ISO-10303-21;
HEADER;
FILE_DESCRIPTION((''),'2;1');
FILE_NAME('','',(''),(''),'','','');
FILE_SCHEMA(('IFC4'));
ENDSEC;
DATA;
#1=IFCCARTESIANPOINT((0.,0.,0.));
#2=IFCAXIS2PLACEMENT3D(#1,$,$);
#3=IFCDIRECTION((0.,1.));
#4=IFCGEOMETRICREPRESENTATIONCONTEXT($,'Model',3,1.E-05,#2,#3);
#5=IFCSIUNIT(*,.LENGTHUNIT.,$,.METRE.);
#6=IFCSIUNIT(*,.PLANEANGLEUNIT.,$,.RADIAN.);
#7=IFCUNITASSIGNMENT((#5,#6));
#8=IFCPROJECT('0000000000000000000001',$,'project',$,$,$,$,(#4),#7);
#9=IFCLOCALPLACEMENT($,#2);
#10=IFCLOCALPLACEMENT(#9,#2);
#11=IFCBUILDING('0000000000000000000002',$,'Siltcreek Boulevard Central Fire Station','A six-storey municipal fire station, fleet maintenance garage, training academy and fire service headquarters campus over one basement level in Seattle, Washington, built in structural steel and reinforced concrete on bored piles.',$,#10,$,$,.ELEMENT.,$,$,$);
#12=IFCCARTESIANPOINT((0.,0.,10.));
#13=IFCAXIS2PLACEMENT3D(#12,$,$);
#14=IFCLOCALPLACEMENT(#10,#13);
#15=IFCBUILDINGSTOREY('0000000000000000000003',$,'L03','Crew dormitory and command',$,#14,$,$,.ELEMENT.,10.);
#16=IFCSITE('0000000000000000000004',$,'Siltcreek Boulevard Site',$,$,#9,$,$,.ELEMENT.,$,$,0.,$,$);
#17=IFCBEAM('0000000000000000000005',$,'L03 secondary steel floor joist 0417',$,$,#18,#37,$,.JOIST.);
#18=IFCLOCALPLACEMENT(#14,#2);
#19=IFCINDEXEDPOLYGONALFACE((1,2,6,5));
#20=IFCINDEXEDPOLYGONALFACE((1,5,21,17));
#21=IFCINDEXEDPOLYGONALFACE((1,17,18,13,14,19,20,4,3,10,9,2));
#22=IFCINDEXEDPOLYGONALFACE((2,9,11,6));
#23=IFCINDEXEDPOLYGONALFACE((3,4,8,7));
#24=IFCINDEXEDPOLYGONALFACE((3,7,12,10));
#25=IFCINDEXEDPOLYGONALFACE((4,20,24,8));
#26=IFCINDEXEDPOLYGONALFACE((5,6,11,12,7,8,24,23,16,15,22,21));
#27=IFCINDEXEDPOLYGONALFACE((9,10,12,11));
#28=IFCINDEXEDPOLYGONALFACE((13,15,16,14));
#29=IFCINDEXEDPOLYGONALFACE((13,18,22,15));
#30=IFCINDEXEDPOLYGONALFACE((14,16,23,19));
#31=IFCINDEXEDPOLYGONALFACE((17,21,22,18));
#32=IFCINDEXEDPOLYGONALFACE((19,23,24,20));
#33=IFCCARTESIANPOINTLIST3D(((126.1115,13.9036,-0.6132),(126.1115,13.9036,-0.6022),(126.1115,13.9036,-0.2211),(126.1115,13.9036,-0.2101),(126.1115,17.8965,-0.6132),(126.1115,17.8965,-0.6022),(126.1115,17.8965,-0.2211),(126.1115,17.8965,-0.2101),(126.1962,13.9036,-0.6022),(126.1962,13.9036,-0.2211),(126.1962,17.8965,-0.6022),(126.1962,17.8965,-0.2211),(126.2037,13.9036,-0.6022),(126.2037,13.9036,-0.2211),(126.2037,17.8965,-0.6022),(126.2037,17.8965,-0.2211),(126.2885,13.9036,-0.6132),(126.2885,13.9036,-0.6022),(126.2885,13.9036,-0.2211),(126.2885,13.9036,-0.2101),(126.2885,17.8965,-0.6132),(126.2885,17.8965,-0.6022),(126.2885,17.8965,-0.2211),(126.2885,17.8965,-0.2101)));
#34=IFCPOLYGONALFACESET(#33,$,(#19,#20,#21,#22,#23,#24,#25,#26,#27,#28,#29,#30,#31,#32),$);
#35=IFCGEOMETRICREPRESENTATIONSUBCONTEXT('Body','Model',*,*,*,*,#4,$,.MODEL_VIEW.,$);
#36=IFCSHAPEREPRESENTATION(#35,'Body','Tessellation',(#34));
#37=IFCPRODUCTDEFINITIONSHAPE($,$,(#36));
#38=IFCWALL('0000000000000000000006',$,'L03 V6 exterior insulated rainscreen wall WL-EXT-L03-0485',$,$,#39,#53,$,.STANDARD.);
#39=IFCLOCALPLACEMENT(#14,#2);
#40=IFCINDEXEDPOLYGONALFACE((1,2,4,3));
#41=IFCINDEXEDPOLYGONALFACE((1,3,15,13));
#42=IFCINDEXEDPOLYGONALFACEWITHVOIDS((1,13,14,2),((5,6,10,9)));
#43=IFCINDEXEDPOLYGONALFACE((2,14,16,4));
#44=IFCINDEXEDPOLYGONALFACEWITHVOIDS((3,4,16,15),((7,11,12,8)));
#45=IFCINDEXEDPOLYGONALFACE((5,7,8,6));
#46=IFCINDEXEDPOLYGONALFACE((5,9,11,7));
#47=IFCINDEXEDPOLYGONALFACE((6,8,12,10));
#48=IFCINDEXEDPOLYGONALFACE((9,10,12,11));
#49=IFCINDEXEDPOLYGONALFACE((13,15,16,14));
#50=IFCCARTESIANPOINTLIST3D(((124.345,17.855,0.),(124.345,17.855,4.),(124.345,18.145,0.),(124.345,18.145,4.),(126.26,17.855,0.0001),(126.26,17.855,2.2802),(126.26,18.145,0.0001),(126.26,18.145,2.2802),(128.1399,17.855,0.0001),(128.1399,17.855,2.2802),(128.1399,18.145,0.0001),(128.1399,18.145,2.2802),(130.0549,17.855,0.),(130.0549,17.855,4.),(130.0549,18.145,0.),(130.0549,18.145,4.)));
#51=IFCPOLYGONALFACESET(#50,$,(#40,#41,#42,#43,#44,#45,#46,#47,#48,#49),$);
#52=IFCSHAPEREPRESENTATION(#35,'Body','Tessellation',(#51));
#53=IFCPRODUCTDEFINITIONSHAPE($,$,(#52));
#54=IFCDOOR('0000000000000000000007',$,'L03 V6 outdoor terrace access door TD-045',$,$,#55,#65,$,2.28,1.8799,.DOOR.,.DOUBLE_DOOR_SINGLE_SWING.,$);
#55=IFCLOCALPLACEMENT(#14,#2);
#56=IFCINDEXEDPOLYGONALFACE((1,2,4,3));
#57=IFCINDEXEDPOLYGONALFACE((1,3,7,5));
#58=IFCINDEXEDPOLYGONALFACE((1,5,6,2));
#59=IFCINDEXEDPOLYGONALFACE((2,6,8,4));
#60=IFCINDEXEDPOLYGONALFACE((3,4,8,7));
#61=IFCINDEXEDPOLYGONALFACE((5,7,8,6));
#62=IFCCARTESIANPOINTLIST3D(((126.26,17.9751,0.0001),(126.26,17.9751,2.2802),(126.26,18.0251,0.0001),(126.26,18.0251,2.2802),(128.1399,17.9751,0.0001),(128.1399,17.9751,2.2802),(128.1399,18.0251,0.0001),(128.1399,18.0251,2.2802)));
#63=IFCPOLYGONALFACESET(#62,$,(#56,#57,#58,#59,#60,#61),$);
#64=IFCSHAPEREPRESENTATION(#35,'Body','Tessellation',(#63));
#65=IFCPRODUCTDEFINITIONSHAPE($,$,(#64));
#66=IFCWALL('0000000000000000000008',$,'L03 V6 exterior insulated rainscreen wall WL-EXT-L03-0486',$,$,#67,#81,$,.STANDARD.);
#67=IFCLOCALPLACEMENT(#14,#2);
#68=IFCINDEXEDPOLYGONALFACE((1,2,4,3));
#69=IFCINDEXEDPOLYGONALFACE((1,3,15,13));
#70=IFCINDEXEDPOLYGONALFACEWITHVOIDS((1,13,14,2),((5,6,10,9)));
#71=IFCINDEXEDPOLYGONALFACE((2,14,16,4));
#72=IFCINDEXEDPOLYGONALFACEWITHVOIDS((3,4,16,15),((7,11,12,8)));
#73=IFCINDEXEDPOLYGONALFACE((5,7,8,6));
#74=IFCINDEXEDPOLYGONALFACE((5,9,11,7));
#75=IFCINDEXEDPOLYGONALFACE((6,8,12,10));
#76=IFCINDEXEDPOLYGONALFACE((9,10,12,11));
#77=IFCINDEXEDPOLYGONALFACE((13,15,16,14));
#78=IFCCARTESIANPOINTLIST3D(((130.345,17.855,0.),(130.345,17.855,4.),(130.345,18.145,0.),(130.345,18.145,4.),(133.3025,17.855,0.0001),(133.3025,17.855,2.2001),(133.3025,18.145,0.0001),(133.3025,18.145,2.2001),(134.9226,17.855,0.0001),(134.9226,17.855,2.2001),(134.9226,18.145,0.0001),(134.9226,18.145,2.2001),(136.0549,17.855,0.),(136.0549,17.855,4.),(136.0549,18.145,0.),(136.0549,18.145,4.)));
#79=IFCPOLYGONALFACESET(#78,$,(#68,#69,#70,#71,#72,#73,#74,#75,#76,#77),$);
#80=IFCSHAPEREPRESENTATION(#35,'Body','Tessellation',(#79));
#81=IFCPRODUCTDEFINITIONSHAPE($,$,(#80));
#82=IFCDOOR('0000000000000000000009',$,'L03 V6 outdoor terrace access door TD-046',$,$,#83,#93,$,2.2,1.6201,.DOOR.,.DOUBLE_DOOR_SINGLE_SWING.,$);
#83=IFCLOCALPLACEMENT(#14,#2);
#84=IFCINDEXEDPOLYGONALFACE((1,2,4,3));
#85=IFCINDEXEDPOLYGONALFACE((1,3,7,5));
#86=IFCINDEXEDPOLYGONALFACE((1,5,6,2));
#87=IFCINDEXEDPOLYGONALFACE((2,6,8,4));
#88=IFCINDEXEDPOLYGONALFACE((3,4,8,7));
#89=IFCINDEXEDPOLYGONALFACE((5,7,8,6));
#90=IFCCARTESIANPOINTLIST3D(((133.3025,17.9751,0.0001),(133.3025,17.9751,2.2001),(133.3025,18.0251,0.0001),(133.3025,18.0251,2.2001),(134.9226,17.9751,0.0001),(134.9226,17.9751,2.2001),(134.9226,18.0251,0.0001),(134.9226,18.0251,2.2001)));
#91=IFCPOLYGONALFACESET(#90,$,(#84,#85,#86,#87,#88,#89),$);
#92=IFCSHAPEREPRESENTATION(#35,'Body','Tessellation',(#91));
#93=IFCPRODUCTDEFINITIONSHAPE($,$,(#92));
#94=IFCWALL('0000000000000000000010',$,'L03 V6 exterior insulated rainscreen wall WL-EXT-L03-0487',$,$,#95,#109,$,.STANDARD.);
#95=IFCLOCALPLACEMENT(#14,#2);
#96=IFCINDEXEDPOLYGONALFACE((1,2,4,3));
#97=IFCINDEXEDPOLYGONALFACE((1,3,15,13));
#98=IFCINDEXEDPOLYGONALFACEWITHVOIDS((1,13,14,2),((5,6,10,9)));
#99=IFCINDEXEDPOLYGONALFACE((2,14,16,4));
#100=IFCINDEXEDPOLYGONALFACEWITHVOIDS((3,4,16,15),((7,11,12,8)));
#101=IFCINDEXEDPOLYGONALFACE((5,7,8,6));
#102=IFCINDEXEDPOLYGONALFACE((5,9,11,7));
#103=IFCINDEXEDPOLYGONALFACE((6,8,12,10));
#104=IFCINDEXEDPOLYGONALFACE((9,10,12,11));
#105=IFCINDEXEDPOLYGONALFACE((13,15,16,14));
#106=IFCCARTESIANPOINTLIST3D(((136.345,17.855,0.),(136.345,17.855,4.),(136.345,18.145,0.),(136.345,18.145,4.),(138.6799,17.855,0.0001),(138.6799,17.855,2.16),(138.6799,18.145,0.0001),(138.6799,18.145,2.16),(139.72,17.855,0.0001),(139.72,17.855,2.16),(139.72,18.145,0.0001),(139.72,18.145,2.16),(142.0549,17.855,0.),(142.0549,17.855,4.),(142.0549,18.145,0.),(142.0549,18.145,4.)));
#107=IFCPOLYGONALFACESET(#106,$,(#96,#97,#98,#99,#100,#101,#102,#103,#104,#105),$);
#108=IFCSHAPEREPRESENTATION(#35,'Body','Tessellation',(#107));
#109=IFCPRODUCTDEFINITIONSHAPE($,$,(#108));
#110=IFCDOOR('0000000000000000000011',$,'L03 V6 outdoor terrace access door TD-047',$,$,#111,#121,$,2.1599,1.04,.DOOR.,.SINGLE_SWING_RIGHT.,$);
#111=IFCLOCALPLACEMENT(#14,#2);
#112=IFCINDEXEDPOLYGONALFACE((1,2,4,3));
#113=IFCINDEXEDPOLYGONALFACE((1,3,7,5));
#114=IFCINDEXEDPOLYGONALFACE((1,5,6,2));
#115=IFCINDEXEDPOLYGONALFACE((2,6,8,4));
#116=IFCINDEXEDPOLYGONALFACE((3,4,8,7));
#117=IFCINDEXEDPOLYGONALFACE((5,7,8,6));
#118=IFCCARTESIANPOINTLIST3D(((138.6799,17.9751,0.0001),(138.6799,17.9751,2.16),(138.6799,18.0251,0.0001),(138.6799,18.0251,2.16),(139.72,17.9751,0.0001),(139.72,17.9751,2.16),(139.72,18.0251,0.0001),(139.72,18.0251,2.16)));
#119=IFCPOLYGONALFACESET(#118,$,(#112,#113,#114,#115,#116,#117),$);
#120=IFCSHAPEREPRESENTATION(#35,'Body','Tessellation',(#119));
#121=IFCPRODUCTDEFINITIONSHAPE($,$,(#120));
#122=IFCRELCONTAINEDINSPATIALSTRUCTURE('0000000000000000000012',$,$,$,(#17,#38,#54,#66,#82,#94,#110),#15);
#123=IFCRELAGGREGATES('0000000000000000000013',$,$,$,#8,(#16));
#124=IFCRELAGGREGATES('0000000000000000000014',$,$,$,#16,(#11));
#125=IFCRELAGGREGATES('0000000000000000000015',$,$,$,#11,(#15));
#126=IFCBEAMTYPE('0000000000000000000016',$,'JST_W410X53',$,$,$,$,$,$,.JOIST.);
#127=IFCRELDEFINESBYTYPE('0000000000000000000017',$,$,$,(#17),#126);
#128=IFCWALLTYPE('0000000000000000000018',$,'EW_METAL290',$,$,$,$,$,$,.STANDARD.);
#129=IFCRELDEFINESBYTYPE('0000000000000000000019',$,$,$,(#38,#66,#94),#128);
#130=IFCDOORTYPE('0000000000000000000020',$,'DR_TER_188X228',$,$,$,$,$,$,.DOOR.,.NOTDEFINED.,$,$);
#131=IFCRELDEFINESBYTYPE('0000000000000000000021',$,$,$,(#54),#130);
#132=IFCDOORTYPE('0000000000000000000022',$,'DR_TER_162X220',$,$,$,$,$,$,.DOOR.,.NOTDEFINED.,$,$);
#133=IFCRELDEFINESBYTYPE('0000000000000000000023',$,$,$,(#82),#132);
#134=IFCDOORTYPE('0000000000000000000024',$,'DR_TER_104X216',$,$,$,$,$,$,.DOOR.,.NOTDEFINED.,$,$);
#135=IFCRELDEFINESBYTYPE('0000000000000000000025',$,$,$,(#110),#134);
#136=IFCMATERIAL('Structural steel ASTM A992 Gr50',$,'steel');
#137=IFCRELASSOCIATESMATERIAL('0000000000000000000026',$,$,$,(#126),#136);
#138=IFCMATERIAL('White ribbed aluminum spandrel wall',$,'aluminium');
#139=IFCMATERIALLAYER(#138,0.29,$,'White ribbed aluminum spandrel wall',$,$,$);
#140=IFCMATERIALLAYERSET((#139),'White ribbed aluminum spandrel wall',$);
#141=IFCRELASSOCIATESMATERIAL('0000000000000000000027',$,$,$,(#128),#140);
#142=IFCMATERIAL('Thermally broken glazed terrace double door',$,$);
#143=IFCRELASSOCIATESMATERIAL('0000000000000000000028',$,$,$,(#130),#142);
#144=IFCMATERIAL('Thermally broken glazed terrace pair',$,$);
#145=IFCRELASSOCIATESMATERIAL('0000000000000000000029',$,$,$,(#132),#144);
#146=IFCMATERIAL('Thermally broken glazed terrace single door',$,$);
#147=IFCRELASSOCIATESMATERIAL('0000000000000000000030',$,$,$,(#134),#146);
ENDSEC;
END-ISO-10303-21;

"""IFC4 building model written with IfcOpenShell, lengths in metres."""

from ifc_helpers import new_model, si_unit, direction, frame, frame_2d, origin, origin_2d, place, context, subcontext, project, spatial, rectangle, i_section, extrude, material, layer, layer_set, material_profile, profile_set, type_object, element, fill, save


model = new_model("IFC4")

# Units and contexts
model_context = context("Model", 3, precision=1e-05, world=origin(), true_north=direction((0.0, 1.0)))
body_context = subcontext(model_context, "Body", "Model", "MODEL_VIEW")
ifc_project = project(units=[si_unit("LENGTHUNIT", "METRE"), si_unit("PLANEANGLEUNIT", "RADIAN")], contexts=[model_context])

# Site, building, storey
site_placement = place(None, origin())
site = spatial("IfcSite", under=ifc_project, at=site_placement, Name="Siltcreek Boulevard Site", CompositionType="ELEMENT", RefElevation=0.0)
building_placement = place(site_placement, origin())
building = spatial("IfcBuilding", under=site, at=building_placement, Name="Siltcreek Boulevard Central Fire Station", Description="A six-storey municipal fire station, fleet maintenance garage, training academy and fire service headquarters campus over one basement level in Seattle, Washington, built in structural steel and reinforced concrete on bored piles.", CompositionType="ELEMENT")
storey_placement = place(building_placement, frame((0.0, 0.0, 10.0)))
storey = spatial("IfcBuildingStorey", under=building, at=storey_placement, Name="L03", Description="Crew dormitory and command", CompositionType="ELEMENT", Elevation=10.0)

# Shared definitions
ifc_material_1 = material(Name="Structural steel ASTM A992 Gr50", Category="steel")

# Beam
ifc_material_profile_1 = material_profile(ifc_material_1, i_section(OverallWidth=0.177, OverallDepth=0.4031, WebThickness=0.0076, FlangeThickness=0.011, at=origin_2d()), Name="W410X53")
ifc_profile_set_1 = profile_set([ifc_material_profile_1], Name="Structural steel ASTM A992 Gr50")
beam_type_1 = type_object("IfcBeamType", Name="JST_W410X53", PredefinedType="JOIST", material=ifc_profile_set_1)
beam_1_placement = place(storey_placement, frame((126.2, 13.9036, -0.4116), z_axis=(0.0, 1.0, 0.0), x_axis=(-1.0, 0.0, 0.0)))
element("IfcBeam", 1, at=beam_1_placement, inside=storey, type_object=beam_type_1, Name="L03 secondary steel floor joist 0417", PredefinedType="JOIST", context=body_context, shape_type="SweptSolid", body=[
    extrude(i_section(OverallWidth=0.177, OverallDepth=0.4031, WebThickness=0.0076, FlangeThickness=0.011, at=origin_2d()), origin(), (0.0, 0.0, 1.0), 3.9929),
])

# Walls, openings, doors
ifc_material_2 = material(Name="White ribbed aluminum spandrel wall", Category="aluminium")
ifc_layer = layer(ifc_material_2, 0.29, Name="White ribbed aluminum spandrel wall")
ifc_layer_set = layer_set([ifc_layer], Name="White ribbed aluminum spandrel wall")
wall_type = type_object("IfcWallType", Name="EW_METAL290", PredefinedType="STANDARD", material=ifc_layer_set)
wall_1_placement = place(storey_placement, frame((124.345, 18.0, 0.0), z_axis=(0.0, 0.0, 1.0), x_axis=(1.0, 0.0, 0.0)))
wall_1 = element("IfcWall", 2, at=wall_1_placement, inside=storey, type_object=wall_type, Name="L03 V6 exterior insulated rainscreen wall WL-EXT-L03-0485", PredefinedType="STANDARD", context=body_context, shape_type="SweptSolid", body=[
    extrude(rectangle(XDim=5.71, YDim=0.29, at=frame_2d((2.855, 0.0))), origin(), (0.0, 0.0, 1.0), 4.0),
])
opening_1_placement = place(wall_1_placement, frame((1.915, 0.0, 0.0)))
opening_1 = element("IfcOpeningElement", 3, at=opening_1_placement, cuts=wall_1, PredefinedType="OPENING", context=body_context, shape_type="SweptSolid", body=[
    extrude(rectangle(XDim=1.8799, YDim=2.28, at=frame_2d((0.9399, 1.1401))), frame((0.0, 0.155, 0.0), z_axis=(0.0, -1.0, 0.0), x_axis=(1.0, 0.0, 0.0)), (0.0, 0.0, 1.0), 0.3101),
])
ifc_material_3 = material(Name="Thermally broken glazed terrace double door")
door_type_1 = type_object("IfcDoorType", Name="DR_TER_188X228", OperationType="NOTDEFINED", PredefinedType="DOOR", material=ifc_material_3)
door_1_placement = place(opening_1_placement, frame((1.8799, 0.0, 0.0), z_axis=(0.0, 0.0, 1.0), x_axis=(-1.0, 0.0, 0.0)))
door_1 = element("IfcDoor", 4, at=door_1_placement, inside=storey, type_object=door_type_1, Name="L03 V6 outdoor terrace access door TD-045", OperationType="DOUBLE_DOOR_SINGLE_SWING", OverallHeight=2.28, OverallWidth=1.8799, PredefinedType="DOOR", context=body_context, shape_type="SweptSolid", body=[
    extrude(rectangle(XDim=1.8799, YDim=2.28, at=frame_2d((0.9399, 1.1401))), frame((0.0, 0.0249, 0.0), z_axis=(0.0, -1.0, 0.0), x_axis=(1.0, 0.0, 0.0)), (0.0, 0.0, 1.0), 0.05),
])
fill(opening_1, door_1)
wall_2_placement = place(storey_placement, frame((130.345, 18.0, 0.0), z_axis=(0.0, 0.0, 1.0), x_axis=(1.0, 0.0, 0.0)))
wall_2 = element("IfcWall", 5, at=wall_2_placement, inside=storey, type_object=wall_type, Name="L03 V6 exterior insulated rainscreen wall WL-EXT-L03-0486", PredefinedType="STANDARD", context=body_context, shape_type="SweptSolid", body=[
    extrude(rectangle(XDim=5.71, YDim=0.29, at=frame_2d((2.855, 0.0))), origin(), (0.0, 0.0, 1.0), 4.0),
])
opening_2_placement = place(wall_2_placement, frame((2.9575, 0.0, 0.0)))
opening_2 = element("IfcOpeningElement", 6, at=opening_2_placement, cuts=wall_2, PredefinedType="OPENING", context=body_context, shape_type="SweptSolid", body=[
    extrude(rectangle(XDim=1.6201, YDim=2.2, at=frame_2d((0.8101, 1.1001))), frame((0.0, 0.155, 0.0), z_axis=(0.0, -1.0, 0.0), x_axis=(1.0, 0.0, 0.0)), (0.0, 0.0, 1.0), 0.3101),
])
ifc_material_4 = material(Name="Thermally broken glazed terrace pair")
door_type_2 = type_object("IfcDoorType", Name="DR_TER_162X220", OperationType="NOTDEFINED", PredefinedType="DOOR", material=ifc_material_4)
door_2_placement = place(opening_2_placement, frame((1.6201, 0.0, 0.0), z_axis=(0.0, 0.0, 1.0), x_axis=(-1.0, 0.0, 0.0)))
door_2 = element("IfcDoor", 7, at=door_2_placement, inside=storey, type_object=door_type_2, Name="L03 V6 outdoor terrace access door TD-046", OperationType="DOUBLE_DOOR_SINGLE_SWING", OverallHeight=2.2, OverallWidth=1.6201, PredefinedType="DOOR", context=body_context, shape_type="SweptSolid", body=[
    extrude(rectangle(XDim=1.6201, YDim=2.2, at=frame_2d((0.8101, 1.1001))), frame((0.0, 0.0249, 0.0), z_axis=(0.0, -1.0, 0.0), x_axis=(1.0, 0.0, 0.0)), (0.0, 0.0, 1.0), 0.05),
])
fill(opening_2, door_2)
wall_3_placement = place(storey_placement, frame((136.345, 18.0, 0.0), z_axis=(0.0, 0.0, 1.0), x_axis=(1.0, 0.0, 0.0)))
wall_3 = element("IfcWall", 8, at=wall_3_placement, inside=storey, type_object=wall_type, Name="L03 V6 exterior insulated rainscreen wall WL-EXT-L03-0487", PredefinedType="STANDARD", context=body_context, shape_type="SweptSolid", body=[
    extrude(rectangle(XDim=5.71, YDim=0.29, at=frame_2d((2.855, 0.0))), origin(), (0.0, 0.0, 1.0), 4.0),
])
opening_3_placement = place(wall_3_placement, frame((2.335, 0.0, 0.0)))
opening_3 = element("IfcOpeningElement", 9, at=opening_3_placement, cuts=wall_3, PredefinedType="OPENING", context=body_context, shape_type="SweptSolid", body=[
    extrude(rectangle(XDim=1.04, YDim=2.1599, at=frame_2d((0.52, 1.0801))), frame((0.0, 0.155, 0.0), z_axis=(0.0, -1.0, 0.0), x_axis=(1.0, 0.0, 0.0)), (0.0, 0.0, 1.0), 0.3101),
])
ifc_material_5 = material(Name="Thermally broken glazed terrace single door")
door_type_3 = type_object("IfcDoorType", Name="DR_TER_104X216", OperationType="NOTDEFINED", PredefinedType="DOOR", material=ifc_material_5)
door_3_placement = place(opening_3_placement, frame((1.04, 0.0, 0.0), z_axis=(0.0, 0.0, 1.0), x_axis=(-1.0, 0.0, 0.0)))
door_3 = element("IfcDoor", 10, at=door_3_placement, inside=storey, type_object=door_type_3, Name="L03 V6 outdoor terrace access door TD-047", OperationType="SINGLE_SWING_RIGHT", OverallHeight=2.1599, OverallWidth=1.04, PredefinedType="DOOR", context=body_context, shape_type="SweptSolid", body=[
    extrude(rectangle(XDim=1.04, YDim=2.1599, at=frame_2d((0.52, 1.0801))), frame((0.0, 0.0249, 0.0), z_axis=(0.0, -1.0, 0.0), x_axis=(1.0, 0.0, 0.0)), (0.0, 0.0, 1.0), 0.05),
])
fill(opening_3, door_3)

save(model, "model.ifc")
